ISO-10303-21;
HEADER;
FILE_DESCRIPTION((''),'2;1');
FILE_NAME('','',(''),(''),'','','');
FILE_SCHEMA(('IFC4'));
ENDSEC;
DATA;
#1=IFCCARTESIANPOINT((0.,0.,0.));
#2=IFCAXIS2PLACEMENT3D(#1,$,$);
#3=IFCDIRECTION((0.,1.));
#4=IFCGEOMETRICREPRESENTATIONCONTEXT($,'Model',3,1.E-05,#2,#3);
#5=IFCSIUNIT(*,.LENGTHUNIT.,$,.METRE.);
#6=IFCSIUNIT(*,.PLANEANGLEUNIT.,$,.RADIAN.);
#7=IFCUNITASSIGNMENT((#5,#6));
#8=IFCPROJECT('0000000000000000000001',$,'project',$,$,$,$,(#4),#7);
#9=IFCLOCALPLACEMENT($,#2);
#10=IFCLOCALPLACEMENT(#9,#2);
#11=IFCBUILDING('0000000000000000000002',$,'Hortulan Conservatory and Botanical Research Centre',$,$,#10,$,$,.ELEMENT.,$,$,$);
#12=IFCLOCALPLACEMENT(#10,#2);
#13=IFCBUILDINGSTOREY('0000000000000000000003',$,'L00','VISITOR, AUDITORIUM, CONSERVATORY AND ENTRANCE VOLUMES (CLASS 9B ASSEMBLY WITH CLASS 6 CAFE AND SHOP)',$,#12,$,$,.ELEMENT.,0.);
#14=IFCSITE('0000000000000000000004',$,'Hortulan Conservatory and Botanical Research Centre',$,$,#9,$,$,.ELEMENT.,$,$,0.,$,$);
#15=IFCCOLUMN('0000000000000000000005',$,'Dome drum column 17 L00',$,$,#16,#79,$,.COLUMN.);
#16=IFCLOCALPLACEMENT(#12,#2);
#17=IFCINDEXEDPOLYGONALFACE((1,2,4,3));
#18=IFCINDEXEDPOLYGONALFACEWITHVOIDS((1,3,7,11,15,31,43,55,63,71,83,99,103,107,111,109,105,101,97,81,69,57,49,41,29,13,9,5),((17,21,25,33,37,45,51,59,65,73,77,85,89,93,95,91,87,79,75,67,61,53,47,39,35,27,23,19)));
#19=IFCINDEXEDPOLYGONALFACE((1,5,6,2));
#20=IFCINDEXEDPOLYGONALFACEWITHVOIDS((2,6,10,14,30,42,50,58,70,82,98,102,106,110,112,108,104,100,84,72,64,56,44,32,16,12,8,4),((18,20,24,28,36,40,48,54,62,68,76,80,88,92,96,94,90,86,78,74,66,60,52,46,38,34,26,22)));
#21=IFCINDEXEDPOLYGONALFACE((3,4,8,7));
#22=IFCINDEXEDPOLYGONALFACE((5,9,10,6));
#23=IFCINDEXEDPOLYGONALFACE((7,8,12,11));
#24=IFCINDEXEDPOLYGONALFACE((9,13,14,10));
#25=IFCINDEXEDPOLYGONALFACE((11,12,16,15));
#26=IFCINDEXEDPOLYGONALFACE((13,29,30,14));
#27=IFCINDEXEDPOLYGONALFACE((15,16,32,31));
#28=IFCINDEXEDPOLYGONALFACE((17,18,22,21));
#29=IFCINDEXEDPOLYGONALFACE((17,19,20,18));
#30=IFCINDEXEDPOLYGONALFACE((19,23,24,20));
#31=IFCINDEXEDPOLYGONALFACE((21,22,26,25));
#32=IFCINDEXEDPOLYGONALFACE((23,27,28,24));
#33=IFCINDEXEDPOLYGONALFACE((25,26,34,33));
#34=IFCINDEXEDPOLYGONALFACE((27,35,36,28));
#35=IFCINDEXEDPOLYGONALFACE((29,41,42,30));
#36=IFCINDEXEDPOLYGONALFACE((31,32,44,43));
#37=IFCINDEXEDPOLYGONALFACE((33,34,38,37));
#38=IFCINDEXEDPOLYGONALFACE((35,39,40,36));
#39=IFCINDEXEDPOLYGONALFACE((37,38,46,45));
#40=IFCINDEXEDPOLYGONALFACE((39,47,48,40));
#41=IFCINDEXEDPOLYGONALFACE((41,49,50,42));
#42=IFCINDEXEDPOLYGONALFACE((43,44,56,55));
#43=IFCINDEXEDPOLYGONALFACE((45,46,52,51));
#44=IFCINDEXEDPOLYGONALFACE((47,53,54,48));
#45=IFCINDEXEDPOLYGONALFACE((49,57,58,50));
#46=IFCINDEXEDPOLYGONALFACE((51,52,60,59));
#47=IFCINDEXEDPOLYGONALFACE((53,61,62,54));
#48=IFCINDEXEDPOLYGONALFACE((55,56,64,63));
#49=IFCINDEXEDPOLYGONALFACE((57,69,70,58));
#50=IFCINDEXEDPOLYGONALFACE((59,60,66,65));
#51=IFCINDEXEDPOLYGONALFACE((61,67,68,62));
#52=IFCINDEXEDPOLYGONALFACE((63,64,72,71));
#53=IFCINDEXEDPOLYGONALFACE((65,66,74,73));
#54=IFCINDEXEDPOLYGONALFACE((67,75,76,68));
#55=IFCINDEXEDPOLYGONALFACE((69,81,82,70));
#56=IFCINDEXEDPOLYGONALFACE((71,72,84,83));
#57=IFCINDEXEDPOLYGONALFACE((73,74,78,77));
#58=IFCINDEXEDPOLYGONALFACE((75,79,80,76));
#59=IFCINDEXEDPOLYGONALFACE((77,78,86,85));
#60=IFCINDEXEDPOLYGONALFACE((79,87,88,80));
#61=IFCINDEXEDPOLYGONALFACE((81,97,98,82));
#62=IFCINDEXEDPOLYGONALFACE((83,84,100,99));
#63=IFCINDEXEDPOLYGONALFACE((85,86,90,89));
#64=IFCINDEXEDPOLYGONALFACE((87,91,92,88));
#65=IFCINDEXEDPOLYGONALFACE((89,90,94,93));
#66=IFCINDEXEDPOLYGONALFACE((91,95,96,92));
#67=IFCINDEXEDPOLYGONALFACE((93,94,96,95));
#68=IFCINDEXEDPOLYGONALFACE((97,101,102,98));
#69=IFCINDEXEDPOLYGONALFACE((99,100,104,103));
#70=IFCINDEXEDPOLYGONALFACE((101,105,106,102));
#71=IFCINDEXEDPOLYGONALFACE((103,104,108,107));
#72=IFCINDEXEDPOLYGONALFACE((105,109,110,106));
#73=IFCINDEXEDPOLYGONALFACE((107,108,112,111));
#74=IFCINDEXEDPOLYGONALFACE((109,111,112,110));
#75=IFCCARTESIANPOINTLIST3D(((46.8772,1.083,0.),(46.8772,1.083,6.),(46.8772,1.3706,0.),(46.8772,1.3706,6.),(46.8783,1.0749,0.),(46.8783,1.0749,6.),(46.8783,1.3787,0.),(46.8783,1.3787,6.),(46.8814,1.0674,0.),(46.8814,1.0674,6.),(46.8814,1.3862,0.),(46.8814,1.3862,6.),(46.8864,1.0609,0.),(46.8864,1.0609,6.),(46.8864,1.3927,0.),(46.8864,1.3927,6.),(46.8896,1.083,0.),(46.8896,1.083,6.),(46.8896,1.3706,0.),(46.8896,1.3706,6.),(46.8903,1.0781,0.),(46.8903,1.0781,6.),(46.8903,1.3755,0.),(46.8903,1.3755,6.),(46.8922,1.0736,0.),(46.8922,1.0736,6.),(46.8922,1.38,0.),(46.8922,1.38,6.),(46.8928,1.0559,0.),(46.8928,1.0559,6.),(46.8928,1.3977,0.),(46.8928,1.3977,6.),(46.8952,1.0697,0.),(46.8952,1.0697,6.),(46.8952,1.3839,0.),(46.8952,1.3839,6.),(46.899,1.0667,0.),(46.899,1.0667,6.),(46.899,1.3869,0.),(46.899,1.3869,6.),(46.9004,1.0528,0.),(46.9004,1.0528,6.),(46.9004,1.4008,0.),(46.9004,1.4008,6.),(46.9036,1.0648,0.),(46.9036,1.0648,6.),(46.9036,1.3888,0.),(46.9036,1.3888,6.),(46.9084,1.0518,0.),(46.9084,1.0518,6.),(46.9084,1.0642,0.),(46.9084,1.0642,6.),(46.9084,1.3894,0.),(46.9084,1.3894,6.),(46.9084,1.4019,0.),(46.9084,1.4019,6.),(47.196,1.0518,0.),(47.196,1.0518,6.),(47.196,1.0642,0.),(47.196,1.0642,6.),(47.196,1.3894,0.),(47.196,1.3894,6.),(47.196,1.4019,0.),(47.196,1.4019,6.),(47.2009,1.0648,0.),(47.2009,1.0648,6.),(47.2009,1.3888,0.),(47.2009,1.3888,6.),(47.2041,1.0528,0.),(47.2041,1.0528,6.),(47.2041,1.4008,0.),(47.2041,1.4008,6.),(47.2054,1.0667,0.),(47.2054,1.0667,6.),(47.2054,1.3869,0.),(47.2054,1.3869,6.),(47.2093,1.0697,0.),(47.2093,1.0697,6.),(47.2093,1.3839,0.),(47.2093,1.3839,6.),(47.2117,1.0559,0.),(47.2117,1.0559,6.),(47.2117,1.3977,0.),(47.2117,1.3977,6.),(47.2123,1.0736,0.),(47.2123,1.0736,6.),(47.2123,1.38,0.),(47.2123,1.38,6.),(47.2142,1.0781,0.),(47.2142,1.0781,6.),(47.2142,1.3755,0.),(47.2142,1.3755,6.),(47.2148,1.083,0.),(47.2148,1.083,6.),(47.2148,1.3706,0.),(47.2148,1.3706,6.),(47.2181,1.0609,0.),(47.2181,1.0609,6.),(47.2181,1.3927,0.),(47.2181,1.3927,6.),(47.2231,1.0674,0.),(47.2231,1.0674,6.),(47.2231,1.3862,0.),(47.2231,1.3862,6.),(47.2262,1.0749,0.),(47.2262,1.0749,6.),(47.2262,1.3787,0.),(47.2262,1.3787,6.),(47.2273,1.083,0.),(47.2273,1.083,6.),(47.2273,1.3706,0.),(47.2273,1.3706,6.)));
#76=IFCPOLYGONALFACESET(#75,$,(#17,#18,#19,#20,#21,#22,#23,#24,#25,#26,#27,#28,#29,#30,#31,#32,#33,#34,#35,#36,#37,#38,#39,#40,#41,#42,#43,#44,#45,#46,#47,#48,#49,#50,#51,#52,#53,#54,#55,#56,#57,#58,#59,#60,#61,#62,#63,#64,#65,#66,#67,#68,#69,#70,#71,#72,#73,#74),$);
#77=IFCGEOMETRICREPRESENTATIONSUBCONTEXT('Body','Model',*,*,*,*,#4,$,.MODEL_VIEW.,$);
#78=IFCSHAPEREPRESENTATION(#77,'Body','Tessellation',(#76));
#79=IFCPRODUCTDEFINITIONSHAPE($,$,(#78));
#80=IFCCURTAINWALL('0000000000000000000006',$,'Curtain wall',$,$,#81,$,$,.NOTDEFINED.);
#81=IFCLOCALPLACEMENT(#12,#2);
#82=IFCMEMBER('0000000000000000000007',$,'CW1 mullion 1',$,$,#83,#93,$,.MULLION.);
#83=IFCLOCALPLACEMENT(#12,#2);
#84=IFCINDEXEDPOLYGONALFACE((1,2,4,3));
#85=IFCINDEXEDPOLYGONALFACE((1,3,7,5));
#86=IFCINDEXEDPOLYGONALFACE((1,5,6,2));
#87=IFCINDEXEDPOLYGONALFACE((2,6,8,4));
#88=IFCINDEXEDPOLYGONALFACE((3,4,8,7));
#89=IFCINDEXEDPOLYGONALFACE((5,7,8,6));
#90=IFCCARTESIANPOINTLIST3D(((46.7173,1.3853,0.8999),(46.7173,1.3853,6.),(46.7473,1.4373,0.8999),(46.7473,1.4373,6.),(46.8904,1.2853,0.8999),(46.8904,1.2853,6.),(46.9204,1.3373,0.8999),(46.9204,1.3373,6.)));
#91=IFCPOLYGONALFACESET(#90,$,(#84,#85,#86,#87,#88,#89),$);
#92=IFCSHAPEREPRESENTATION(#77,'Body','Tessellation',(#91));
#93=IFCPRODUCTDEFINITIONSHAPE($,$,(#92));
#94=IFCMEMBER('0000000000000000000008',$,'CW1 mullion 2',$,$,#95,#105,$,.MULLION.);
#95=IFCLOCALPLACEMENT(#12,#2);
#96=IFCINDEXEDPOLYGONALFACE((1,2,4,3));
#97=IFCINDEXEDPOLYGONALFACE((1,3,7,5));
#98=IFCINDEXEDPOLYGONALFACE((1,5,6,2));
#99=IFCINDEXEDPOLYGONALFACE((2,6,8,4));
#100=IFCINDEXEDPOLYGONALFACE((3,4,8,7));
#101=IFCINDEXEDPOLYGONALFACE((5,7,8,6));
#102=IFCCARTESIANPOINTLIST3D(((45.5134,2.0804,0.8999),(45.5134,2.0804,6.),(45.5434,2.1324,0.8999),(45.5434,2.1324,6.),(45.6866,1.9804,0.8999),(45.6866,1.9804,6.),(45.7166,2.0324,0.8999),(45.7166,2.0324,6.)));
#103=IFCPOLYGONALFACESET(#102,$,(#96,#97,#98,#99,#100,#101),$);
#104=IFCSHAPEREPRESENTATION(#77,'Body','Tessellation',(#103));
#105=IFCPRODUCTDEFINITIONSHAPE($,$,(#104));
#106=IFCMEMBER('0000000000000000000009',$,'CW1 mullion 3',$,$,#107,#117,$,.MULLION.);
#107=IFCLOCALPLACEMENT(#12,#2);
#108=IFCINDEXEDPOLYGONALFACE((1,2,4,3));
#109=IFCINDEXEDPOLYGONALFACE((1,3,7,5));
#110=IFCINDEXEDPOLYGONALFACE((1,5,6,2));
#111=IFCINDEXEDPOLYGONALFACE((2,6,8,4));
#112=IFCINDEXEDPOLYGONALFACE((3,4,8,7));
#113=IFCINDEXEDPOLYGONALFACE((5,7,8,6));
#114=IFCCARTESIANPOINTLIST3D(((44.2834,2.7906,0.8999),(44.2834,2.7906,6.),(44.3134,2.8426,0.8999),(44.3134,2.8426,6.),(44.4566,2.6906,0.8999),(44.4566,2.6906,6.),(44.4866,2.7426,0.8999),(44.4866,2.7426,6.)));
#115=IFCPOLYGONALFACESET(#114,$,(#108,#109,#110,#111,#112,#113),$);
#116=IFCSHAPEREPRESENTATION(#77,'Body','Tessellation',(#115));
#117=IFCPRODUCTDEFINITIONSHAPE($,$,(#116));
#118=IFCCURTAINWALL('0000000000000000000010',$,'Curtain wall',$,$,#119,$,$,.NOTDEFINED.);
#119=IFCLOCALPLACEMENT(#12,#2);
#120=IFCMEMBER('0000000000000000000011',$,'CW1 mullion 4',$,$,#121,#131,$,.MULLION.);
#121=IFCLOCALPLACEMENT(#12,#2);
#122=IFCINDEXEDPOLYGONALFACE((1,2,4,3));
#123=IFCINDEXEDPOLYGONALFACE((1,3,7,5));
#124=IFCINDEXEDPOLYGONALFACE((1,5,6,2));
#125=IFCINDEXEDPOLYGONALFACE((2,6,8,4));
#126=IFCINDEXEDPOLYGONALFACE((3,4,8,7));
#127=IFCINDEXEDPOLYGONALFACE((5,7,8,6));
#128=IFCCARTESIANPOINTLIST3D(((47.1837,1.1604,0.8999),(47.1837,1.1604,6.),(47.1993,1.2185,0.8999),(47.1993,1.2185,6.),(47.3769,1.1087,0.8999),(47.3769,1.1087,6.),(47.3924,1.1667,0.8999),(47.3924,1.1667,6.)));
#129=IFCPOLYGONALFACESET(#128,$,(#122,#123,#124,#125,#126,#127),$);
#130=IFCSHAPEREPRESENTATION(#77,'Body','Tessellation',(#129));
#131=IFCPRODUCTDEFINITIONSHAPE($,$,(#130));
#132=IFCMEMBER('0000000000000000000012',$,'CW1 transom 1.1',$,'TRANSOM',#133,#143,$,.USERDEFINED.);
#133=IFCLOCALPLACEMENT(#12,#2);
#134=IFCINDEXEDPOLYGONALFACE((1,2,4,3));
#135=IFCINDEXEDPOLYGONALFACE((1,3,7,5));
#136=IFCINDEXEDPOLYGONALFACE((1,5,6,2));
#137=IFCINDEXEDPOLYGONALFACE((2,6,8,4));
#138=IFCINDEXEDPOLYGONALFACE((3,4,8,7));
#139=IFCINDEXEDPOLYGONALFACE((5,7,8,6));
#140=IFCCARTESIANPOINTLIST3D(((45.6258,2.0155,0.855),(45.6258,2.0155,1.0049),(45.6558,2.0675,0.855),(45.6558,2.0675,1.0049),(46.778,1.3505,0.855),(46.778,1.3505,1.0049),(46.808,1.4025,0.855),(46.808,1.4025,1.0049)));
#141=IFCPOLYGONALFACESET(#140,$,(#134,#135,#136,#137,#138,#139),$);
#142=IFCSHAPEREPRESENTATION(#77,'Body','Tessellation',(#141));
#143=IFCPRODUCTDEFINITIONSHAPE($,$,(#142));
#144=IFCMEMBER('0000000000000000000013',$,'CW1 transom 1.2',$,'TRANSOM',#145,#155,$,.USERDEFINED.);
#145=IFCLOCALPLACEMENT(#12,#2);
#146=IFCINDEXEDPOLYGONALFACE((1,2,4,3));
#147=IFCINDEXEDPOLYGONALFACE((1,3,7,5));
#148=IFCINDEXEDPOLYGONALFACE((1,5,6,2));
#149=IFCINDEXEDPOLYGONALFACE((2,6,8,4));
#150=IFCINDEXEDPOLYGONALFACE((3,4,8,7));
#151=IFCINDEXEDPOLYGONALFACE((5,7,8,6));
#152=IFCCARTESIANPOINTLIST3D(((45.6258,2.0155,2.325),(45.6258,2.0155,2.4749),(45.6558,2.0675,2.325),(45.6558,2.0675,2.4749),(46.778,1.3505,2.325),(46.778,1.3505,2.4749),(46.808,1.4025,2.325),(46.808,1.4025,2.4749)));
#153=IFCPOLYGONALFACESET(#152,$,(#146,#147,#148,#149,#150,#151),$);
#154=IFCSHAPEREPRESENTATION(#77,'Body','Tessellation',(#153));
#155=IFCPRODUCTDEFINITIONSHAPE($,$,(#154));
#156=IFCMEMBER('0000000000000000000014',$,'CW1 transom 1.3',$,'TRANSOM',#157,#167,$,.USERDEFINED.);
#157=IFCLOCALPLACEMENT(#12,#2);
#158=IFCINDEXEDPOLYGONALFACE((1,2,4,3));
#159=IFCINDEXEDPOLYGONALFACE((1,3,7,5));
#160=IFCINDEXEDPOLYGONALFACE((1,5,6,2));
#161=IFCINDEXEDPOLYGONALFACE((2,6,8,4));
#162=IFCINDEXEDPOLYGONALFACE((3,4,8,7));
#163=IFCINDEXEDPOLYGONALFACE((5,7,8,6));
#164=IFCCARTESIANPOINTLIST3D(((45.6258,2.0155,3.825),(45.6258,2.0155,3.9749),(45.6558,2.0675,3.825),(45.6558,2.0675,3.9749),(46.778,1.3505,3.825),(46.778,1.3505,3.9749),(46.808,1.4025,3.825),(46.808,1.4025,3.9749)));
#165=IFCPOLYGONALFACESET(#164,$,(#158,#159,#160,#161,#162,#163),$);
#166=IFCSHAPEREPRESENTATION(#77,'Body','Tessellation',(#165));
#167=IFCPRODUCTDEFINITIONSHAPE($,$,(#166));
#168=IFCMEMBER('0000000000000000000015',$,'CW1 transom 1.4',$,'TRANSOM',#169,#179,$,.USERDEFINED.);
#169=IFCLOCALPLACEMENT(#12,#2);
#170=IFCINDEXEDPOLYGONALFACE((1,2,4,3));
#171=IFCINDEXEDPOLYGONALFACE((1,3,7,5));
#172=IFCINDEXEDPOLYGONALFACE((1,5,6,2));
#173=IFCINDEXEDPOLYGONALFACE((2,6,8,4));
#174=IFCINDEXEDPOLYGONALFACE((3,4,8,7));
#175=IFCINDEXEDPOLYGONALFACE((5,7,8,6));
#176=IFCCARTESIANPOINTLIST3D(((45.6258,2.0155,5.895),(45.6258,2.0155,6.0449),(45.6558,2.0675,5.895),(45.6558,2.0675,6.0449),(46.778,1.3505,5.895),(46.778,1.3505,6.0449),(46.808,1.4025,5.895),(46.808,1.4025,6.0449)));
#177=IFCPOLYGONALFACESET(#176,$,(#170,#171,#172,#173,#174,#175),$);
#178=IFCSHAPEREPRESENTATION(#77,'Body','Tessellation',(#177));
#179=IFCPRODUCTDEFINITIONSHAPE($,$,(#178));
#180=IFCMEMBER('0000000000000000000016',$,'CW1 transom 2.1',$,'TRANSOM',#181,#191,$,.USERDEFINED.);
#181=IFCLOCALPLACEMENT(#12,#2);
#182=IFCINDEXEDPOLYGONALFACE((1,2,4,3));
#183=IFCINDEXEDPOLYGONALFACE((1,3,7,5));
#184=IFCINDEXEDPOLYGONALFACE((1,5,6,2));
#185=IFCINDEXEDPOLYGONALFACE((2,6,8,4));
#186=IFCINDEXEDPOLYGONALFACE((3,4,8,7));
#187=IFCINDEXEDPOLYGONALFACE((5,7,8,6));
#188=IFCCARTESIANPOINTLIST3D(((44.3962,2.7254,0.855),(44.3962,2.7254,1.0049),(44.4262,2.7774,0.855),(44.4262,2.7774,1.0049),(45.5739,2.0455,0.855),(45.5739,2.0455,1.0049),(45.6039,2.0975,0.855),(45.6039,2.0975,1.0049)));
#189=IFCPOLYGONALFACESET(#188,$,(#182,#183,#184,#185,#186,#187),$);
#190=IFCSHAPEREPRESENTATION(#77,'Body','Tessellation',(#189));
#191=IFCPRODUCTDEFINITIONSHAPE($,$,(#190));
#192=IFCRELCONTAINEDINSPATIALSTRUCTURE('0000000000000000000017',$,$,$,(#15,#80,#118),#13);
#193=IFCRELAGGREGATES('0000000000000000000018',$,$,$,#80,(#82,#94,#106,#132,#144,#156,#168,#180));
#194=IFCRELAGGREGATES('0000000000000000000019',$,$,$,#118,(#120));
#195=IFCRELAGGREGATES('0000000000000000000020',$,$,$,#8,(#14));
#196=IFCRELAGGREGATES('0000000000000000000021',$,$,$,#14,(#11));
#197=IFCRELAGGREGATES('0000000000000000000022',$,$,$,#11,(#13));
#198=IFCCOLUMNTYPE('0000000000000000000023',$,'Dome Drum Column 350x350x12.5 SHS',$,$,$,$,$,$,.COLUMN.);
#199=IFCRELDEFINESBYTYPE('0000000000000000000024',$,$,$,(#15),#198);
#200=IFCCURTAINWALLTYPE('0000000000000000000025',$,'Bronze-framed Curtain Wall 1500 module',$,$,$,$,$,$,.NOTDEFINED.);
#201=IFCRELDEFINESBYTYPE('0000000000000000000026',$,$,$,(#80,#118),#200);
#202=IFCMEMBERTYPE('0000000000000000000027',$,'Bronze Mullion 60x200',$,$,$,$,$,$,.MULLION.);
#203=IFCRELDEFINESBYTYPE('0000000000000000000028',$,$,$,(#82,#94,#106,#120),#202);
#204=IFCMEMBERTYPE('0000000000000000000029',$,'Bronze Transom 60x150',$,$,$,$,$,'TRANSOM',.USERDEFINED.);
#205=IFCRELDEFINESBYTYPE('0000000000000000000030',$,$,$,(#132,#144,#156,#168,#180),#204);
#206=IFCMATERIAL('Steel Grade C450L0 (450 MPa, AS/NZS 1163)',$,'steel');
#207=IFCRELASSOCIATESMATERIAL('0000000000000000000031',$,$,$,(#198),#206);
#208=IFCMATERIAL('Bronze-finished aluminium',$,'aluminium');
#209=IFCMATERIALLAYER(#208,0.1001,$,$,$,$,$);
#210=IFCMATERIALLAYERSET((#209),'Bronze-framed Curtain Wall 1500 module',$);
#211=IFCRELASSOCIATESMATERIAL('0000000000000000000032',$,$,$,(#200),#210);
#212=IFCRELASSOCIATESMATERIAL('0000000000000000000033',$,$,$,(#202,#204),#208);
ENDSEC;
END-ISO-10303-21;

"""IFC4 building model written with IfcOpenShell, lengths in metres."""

from ifc_helpers import new_model, si_unit, direction, frame, origin, origin_2d, place, context, subcontext, project, spatial, rectangle, hollow_rectangle, extrude, material, layer, layer_set, material_profile, profile_set, type_object, element, aggregate, save


model = new_model("IFC4")

# Units and contexts
model_context = context("Model", 3, precision=1e-05, world=origin(), true_north=direction((0.0, 1.0)))
body_context = subcontext(model_context, "Body", "Model", "MODEL_VIEW")
ifc_project = project(units=[si_unit("LENGTHUNIT", "METRE"), si_unit("PLANEANGLEUNIT", "RADIAN")], contexts=[model_context])

# Site, building, storey
site_placement = place(None, origin())
site = spatial("IfcSite", under=ifc_project, at=site_placement, Name="Hortulan Conservatory and Botanical Research Centre", CompositionType="ELEMENT", RefElevation=0.0)
building_placement = place(site_placement, origin())
building = spatial("IfcBuilding", under=site, at=building_placement, Name="Hortulan Conservatory and Botanical Research Centre", CompositionType="ELEMENT")
storey_placement = place(building_placement, origin())
storey = spatial("IfcBuildingStorey", under=building, at=storey_placement, Name="L00", Description="VISITOR, AUDITORIUM, CONSERVATORY AND ENTRANCE VOLUMES (CLASS 9B ASSEMBLY WITH CLASS 6 CAFE AND SHOP)", CompositionType="ELEMENT", Elevation=0.0)

# Column
ifc_material_1 = material(Name="Steel Grade C450L0 (450 MPa, AS/NZS 1163)", Category="steel")
ifc_material_profile_1 = material_profile(ifc_material_1, hollow_rectangle(XDim=0.3501, YDim=0.3501, WallThickness=0.0125, InnerFilletRadius=0.0188, OuterFilletRadius=0.0312, at=origin_2d()), Name="350x350x12.5SHS")
ifc_profile_set_1 = profile_set([ifc_material_profile_1], Name="Steel Grade C450L0 (450 MPa, AS/NZS 1163)")
column_type = type_object("IfcColumnType", Name="Dome Drum Column 350x350x12.5 SHS", PredefinedType="COLUMN", material=ifc_profile_set_1)
column_placement = place(storey_placement, frame((47.0522, 1.2268, 0.0), z_axis=(0.0, 0.0, 1.0), x_axis=(1.0, 0.0, 0.0)))
element("IfcColumn", 1, at=column_placement, inside=storey, type_object=column_type, Name="Dome drum column 17 L00", PredefinedType="COLUMN", context=body_context, shape_type="SweptSolid", body=[
    extrude(hollow_rectangle(XDim=0.3501, YDim=0.3501, WallThickness=0.0125, InnerFilletRadius=0.0188, OuterFilletRadius=0.0312, at=origin_2d()), origin(), (0.0, 0.0, 1.0), 6.0),
])

# Curtain wall, members
ifc_material_2 = material(Name="Bronze-finished aluminium", Category="aluminium")
ifc_layer_1 = layer(ifc_material_2, 0.1001)
ifc_layer_set_1 = layer_set([ifc_layer_1], Name="Bronze-framed Curtain Wall 1500 module")
curtain_wall_type = type_object("IfcCurtainWallType", Name="Bronze-framed Curtain Wall 1500 module", PredefinedType="NOTDEFINED", material=ifc_layer_set_1)
curtain_wall_1_placement = place(storey_placement, origin())
curtain_wall_1 = element("IfcCurtainWall", 2, at=curtain_wall_1_placement, inside=storey, type_object=curtain_wall_type, Name="Curtain wall", PredefinedType="NOTDEFINED")
ifc_material_profile_2 = material_profile(ifc_material_2, rectangle(XDim=0.0601, YDim=0.2, at=origin_2d()), Name="Bronze Mullion 60x200")
ifc_profile_set_2 = profile_set([ifc_material_profile_2], Name="Bronze-finished aluminium")
member_type_1 = type_object("IfcMemberType", Name="Bronze Mullion 60x200", PredefinedType="MULLION", material=ifc_profile_set_2)
member_1_placement = place(storey_placement, frame((46.8188, 1.3613, 0.8999), z_axis=(0.0, 0.0, 1.0), x_axis=(-0.499981, -0.866036, 0.0)))
member_1 = element("IfcMember", 3, at=member_1_placement, type_object=member_type_1, Name="CW1 mullion 1", PredefinedType="MULLION", context=body_context, shape_type="SweptSolid", body=[
    extrude(rectangle(XDim=0.0601, YDim=0.2, at=origin_2d()), origin(), (0.0, 0.0, 1.0), 5.1001),
])
member_2_placement = place(storey_placement, frame((45.615, 2.0564, 0.8999), z_axis=(0.0, 0.0, 1.0), x_axis=(-0.499981, -0.866036, 0.0)))
member_2 = element("IfcMember", 4, at=member_2_placement, type_object=member_type_1, Name="CW1 mullion 2", PredefinedType="MULLION", context=body_context, shape_type="SweptSolid", body=[
    extrude(rectangle(XDim=0.0601, YDim=0.2, at=origin_2d()), origin(), (0.0, 0.0, 1.0), 5.1001),
])
member_3_placement = place(storey_placement, frame((44.385, 2.7666, 0.8999), z_axis=(0.0, 0.0, 1.0), x_axis=(-0.499981, -0.866036, 0.0)))
member_3 = element("IfcMember", 5, at=member_3_placement, type_object=member_type_1, Name="CW1 mullion 3", PredefinedType="MULLION", context=body_context, shape_type="SweptSolid", body=[
    extrude(rectangle(XDim=0.0601, YDim=0.2, at=origin_2d()), origin(), (0.0, 0.0, 1.0), 5.1001),
])

# Curtain wall, member
curtain_wall_2_placement = place(storey_placement, origin())
curtain_wall_2 = element("IfcCurtainWall", 6, at=curtain_wall_2_placement, inside=storey, type_object=curtain_wall_type, Name="Curtain wall", PredefinedType="NOTDEFINED")
member_4_placement = place(storey_placement, frame((47.2881, 1.1636, 0.8999), z_axis=(0.0, 0.0, 1.0), x_axis=(-0.258832, -0.965922, 0.0)))
member_4 = element("IfcMember", 7, at=member_4_placement, type_object=member_type_1, Name="CW1 mullion 4", PredefinedType="MULLION", context=body_context, shape_type="SweptSolid", body=[
    extrude(rectangle(XDim=0.0601, YDim=0.2, at=origin_2d()), origin(), (0.0, 0.0, 1.0), 5.1001),
])

# Members
ifc_material_profile_3 = material_profile(ifc_material_2, rectangle(XDim=0.0601, YDim=0.1499, at=origin_2d()), Name="Bronze Transom 60x150")
ifc_profile_set_3 = profile_set([ifc_material_profile_3], Name="Bronze-finished aluminium")
member_type_2 = type_object("IfcMemberType", Name="Bronze Transom 60x150", ElementType="TRANSOM", PredefinedType="USERDEFINED", material=ifc_profile_set_3)
member_5_placement = place(storey_placement, frame((46.793, 1.3765, 0.9299), z_axis=(-0.866066, 0.499929, 0.0), x_axis=(-0.499929, -0.866066, 0.0)))
member_5 = element("IfcMember", 8, at=member_5_placement, type_object=member_type_2, Name="CW1 transom 1.1", ObjectType="TRANSOM", PredefinedType="USERDEFINED", context=body_context, shape_type="SweptSolid", body=[
    extrude(rectangle(XDim=0.0601, YDim=0.1499, at=origin_2d()), origin(), (0.0, 0.0, 1.0), 1.3303),
])
member_6_placement = place(storey_placement, frame((46.793, 1.3765, 2.3999), z_axis=(-0.866066, 0.499929, 0.0), x_axis=(-0.499929, -0.866066, 0.0)))
member_6 = element("IfcMember", 9, at=member_6_placement, type_object=member_type_2, Name="CW1 transom 1.2", ObjectType="TRANSOM", PredefinedType="USERDEFINED", context=body_context, shape_type="SweptSolid", body=[
    extrude(rectangle(XDim=0.0601, YDim=0.1499, at=origin_2d()), origin(), (0.0, 0.0, 1.0), 1.3303),
])
member_7_placement = place(storey_placement, frame((46.793, 1.3765, 3.8999), z_axis=(-0.866066, 0.499929, 0.0), x_axis=(-0.499929, -0.866066, 0.0)))
member_7 = element("IfcMember", 10, at=member_7_placement, type_object=member_type_2, Name="CW1 transom 1.3", ObjectType="TRANSOM", PredefinedType="USERDEFINED", context=body_context, shape_type="SweptSolid", body=[
    extrude(rectangle(XDim=0.0601, YDim=0.1499, at=origin_2d()), origin(), (0.0, 0.0, 1.0), 1.3303),
])
member_8_placement = place(storey_placement, frame((46.793, 1.3765, 5.97), z_axis=(-0.866066, 0.499929, 0.0), x_axis=(-0.499929, -0.866066, 0.0)))
member_8 = element("IfcMember", 11, at=member_8_placement, type_object=member_type_2, Name="CW1 transom 1.4", ObjectType="TRANSOM", PredefinedType="USERDEFINED", context=body_context, shape_type="SweptSolid", body=[
    extrude(rectangle(XDim=0.0601, YDim=0.1499, at=origin_2d()), origin(), (0.0, 0.0, 1.0), 1.3303),
])
member_9_placement = place(storey_placement, frame((45.5889, 2.0715, 0.9299), z_axis=(-0.866036, 0.499981, 0.0), x_axis=(-0.499981, -0.866036, 0.0)))
member_9 = element("IfcMember", 12, at=member_9_placement, type_object=member_type_2, Name="CW1 transom 2.1", ObjectType="TRANSOM", PredefinedType="USERDEFINED", context=body_context, shape_type="SweptSolid", body=[
    extrude(rectangle(XDim=0.0601, YDim=0.1499, at=origin_2d()), origin(), (0.0, 0.0, 1.0), 1.3599),
])

aggregate(curtain_wall_1, [member_1, member_2, member_3, member_5, member_6, member_7, member_8, member_9])
aggregate(curtain_wall_2, [member_4])

save(model, "model.ifc")
